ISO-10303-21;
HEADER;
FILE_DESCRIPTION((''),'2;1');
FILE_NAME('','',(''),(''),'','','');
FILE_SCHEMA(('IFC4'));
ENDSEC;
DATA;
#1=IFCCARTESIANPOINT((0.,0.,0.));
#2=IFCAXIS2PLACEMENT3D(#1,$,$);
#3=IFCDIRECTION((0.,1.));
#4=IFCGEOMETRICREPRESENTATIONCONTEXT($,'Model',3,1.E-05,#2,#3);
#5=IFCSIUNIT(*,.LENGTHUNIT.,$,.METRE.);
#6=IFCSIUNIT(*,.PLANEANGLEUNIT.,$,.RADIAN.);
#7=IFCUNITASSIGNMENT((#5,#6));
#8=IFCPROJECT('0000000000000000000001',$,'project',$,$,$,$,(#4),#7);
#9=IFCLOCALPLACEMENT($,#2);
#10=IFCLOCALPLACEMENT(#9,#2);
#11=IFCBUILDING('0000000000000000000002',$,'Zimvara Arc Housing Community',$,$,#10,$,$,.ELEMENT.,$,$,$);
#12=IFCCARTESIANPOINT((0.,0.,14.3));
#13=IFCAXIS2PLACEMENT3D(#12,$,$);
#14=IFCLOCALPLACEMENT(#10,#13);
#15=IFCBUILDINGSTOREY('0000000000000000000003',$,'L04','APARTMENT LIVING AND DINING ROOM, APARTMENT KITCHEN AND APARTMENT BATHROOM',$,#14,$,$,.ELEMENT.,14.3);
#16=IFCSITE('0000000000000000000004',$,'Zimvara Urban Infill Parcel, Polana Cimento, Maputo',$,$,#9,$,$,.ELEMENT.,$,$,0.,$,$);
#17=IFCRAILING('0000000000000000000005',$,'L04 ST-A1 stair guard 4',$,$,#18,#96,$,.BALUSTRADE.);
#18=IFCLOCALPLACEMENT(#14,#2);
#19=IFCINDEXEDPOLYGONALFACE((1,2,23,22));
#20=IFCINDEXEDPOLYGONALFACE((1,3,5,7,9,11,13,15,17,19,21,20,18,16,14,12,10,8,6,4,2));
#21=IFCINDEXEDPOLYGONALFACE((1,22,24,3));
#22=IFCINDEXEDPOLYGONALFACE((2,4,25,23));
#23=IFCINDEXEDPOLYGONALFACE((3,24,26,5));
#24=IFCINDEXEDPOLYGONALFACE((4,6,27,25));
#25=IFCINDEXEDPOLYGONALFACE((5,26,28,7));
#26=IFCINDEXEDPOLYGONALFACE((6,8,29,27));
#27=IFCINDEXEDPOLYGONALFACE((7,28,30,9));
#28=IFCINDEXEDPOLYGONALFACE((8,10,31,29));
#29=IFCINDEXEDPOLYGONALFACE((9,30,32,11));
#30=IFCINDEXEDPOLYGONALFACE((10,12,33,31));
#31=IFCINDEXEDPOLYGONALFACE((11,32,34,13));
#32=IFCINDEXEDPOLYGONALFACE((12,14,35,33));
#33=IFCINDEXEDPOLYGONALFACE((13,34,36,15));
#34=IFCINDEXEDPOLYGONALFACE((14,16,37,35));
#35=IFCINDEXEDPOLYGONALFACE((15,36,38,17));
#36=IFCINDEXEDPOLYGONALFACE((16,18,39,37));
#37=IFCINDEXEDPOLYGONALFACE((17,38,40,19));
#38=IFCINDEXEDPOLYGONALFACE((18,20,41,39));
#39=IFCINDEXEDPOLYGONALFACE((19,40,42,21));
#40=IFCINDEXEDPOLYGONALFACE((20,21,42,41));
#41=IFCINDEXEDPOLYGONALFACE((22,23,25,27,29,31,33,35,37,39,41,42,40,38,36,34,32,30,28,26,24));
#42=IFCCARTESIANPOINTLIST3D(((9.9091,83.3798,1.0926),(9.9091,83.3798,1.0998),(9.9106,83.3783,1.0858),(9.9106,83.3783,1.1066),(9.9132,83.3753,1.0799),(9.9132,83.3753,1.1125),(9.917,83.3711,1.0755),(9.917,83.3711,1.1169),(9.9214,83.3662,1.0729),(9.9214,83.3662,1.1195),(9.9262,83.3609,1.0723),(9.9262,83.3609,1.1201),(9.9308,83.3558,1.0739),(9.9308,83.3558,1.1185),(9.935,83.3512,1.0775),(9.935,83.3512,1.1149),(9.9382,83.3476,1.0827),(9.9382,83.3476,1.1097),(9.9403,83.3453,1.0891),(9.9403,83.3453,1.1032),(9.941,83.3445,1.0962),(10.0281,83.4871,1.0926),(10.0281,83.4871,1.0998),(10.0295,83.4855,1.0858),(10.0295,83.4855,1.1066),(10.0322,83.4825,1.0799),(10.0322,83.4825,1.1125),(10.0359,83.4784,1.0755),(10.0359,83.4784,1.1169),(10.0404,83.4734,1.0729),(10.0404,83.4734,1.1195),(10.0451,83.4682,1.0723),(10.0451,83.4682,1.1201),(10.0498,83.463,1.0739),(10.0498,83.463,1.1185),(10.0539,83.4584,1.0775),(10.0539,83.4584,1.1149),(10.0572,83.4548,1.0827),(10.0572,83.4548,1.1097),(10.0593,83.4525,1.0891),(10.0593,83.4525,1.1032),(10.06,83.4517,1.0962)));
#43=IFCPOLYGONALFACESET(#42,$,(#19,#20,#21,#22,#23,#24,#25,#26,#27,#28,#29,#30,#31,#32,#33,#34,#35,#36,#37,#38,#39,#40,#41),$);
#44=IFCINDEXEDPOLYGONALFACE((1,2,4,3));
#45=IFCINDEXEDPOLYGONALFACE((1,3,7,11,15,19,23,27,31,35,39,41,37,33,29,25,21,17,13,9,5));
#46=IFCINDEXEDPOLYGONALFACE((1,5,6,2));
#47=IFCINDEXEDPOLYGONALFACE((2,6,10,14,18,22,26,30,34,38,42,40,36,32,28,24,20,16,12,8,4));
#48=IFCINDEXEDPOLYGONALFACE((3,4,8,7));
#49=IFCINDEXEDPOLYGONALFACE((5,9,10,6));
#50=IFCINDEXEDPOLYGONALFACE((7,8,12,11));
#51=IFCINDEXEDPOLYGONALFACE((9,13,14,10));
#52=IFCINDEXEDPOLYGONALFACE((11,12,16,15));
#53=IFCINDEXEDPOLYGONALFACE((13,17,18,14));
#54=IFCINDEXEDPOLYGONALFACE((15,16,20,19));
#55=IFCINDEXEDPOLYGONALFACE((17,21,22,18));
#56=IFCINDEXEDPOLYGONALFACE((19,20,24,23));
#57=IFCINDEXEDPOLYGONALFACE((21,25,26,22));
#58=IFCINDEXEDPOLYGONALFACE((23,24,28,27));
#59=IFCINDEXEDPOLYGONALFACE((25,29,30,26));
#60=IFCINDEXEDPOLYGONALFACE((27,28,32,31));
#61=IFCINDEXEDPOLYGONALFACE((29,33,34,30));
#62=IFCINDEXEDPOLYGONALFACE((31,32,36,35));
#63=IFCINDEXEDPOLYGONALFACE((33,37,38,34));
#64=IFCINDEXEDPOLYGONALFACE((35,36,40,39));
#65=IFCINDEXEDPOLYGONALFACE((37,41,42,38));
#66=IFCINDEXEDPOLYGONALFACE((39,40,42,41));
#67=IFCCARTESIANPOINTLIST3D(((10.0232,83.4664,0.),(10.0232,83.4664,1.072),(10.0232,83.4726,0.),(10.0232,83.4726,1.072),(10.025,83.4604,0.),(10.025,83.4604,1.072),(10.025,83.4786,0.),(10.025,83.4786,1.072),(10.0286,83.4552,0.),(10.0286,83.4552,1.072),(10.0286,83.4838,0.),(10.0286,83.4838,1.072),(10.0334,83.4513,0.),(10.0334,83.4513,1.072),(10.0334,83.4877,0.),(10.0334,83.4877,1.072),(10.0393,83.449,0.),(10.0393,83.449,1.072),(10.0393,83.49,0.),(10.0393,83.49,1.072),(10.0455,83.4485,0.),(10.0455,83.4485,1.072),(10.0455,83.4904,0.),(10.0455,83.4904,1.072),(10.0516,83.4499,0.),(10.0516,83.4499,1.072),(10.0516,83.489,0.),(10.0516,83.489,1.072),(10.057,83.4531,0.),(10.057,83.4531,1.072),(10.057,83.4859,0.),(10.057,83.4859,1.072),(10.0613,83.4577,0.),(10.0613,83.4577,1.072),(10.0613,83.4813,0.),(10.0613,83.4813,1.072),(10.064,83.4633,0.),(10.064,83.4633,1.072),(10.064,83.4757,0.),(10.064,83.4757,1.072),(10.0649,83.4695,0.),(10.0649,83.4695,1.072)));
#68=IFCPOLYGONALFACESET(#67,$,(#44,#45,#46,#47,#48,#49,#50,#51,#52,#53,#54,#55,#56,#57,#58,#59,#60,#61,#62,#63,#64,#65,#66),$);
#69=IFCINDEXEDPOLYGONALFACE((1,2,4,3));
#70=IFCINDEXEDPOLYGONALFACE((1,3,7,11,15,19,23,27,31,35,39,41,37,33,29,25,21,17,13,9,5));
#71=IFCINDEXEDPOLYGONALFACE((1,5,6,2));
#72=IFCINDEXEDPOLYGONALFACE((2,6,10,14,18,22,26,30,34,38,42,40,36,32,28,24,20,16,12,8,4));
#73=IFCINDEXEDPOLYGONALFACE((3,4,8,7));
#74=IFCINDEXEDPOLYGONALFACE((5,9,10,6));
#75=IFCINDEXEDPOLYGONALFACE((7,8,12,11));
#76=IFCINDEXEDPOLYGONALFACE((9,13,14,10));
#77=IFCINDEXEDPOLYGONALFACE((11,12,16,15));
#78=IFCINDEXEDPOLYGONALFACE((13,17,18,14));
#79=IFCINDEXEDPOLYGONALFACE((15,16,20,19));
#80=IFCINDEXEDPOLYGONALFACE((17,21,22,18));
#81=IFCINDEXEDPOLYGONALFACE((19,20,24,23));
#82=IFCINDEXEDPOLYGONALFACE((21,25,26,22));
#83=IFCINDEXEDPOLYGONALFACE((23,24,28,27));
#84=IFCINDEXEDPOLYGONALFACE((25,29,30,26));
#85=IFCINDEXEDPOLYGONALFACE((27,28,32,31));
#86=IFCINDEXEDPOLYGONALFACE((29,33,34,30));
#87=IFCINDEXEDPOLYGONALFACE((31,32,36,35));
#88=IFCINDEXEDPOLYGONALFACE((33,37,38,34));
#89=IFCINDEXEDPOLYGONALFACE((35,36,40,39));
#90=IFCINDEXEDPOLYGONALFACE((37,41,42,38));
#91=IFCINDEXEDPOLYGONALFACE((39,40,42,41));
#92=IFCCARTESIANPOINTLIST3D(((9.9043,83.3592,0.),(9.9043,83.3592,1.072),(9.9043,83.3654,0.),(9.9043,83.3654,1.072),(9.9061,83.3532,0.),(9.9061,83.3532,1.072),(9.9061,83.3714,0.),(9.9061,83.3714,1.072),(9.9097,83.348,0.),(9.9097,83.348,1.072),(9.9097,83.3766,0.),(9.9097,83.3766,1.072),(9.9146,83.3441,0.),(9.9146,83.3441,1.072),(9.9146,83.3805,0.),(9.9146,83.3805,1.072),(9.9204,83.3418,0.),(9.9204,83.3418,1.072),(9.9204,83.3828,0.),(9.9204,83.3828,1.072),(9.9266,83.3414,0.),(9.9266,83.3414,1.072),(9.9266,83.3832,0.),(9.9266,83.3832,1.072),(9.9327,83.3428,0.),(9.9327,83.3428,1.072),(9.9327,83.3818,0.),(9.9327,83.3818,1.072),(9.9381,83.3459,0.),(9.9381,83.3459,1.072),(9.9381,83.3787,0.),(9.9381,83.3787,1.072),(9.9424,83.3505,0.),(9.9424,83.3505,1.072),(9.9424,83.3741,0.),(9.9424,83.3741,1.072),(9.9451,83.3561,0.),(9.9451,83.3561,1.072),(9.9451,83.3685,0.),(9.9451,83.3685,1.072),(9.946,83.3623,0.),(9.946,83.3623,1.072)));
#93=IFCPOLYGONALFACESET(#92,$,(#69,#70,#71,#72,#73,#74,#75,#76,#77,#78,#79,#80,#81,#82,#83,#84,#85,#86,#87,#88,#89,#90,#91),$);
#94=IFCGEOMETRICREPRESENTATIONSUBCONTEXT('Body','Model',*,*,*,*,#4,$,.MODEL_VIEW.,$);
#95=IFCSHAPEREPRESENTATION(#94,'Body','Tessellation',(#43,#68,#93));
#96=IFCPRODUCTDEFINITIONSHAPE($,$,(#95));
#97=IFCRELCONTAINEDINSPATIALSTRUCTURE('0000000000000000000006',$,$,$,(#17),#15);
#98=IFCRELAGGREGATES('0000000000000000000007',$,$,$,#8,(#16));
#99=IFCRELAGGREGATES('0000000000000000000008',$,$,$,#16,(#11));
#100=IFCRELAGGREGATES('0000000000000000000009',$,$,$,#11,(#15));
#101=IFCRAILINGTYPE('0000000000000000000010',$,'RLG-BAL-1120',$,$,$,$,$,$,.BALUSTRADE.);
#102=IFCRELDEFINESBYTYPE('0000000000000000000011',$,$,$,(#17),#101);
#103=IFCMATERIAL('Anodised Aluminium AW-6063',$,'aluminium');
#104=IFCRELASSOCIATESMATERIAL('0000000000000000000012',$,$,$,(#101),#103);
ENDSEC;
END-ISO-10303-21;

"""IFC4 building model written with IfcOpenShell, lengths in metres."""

from ifc_helpers import new_model, si_unit, direction, frame, origin, origin_2d, place, context, subcontext, project, spatial, circle, extrude, material, type_object, element, save


model = new_model("IFC4")

# Units and contexts
model_context = context("Model", 3, precision=1e-05, world=origin(), true_north=direction((0.0, 1.0)))
body_context = subcontext(model_context, "Body", "Model", "MODEL_VIEW")
ifc_project = project(units=[si_unit("LENGTHUNIT", "METRE"), si_unit("PLANEANGLEUNIT", "RADIAN")], contexts=[model_context])

# Site, building, storey
site_placement = place(None, origin())
site = spatial("IfcSite", under=ifc_project, at=site_placement, Name="Zimvara Urban Infill Parcel, Polana Cimento, Maputo", CompositionType="ELEMENT", RefElevation=0.0)
building_placement = place(site_placement, origin())
building = spatial("IfcBuilding", under=site, at=building_placement, Name="Zimvara Arc Housing Community", CompositionType="ELEMENT")
storey_placement = place(building_placement, frame((0.0, 0.0, 14.3)))
storey = spatial("IfcBuildingStorey", under=building, at=storey_placement, Name="L04", Description="APARTMENT LIVING AND DINING ROOM, APARTMENT KITCHEN AND APARTMENT BATHROOM", CompositionType="ELEMENT", Elevation=14.3)

# Railing
ifc_material_1 = material(Name="Anodised Aluminium AW-6063", Category="aluminium")
railing_type_1 = type_object("IfcRailingType", Name="RLG-BAL-1120", PredefinedType="BALUSTRADE", material=ifc_material_1)
railing_1_placement = place(storey_placement, frame((10.0439, 83.4695, 0.0)))
element("IfcRailing", 1, at=railing_1_placement, inside=storey, type_object=railing_type_1, Name="L04 ST-A1 stair guard 4", PredefinedType="BALUSTRADE", context=body_context, shape_type="SweptSolid", body=[
    extrude(circle(Radius=0.0239, at=origin_2d()), frame((0.0, 0.0, 1.0962), z_axis=(-0.742763, -0.669554, 0.0), x_axis=(0.669554, -0.742763, 0.0)), (0.0, 0.0, 1.0), 0.1602),
    extrude(circle(Radius=0.021, at=origin_2d()), origin(), (0.0, 0.0, 1.0), 1.072),
    extrude(circle(Radius=0.021, at=origin_2d()), frame((-0.1189, -0.1072, 0.0)), (0.0, 0.0, 1.0), 1.072),
])

save(model, "model.ifc")
